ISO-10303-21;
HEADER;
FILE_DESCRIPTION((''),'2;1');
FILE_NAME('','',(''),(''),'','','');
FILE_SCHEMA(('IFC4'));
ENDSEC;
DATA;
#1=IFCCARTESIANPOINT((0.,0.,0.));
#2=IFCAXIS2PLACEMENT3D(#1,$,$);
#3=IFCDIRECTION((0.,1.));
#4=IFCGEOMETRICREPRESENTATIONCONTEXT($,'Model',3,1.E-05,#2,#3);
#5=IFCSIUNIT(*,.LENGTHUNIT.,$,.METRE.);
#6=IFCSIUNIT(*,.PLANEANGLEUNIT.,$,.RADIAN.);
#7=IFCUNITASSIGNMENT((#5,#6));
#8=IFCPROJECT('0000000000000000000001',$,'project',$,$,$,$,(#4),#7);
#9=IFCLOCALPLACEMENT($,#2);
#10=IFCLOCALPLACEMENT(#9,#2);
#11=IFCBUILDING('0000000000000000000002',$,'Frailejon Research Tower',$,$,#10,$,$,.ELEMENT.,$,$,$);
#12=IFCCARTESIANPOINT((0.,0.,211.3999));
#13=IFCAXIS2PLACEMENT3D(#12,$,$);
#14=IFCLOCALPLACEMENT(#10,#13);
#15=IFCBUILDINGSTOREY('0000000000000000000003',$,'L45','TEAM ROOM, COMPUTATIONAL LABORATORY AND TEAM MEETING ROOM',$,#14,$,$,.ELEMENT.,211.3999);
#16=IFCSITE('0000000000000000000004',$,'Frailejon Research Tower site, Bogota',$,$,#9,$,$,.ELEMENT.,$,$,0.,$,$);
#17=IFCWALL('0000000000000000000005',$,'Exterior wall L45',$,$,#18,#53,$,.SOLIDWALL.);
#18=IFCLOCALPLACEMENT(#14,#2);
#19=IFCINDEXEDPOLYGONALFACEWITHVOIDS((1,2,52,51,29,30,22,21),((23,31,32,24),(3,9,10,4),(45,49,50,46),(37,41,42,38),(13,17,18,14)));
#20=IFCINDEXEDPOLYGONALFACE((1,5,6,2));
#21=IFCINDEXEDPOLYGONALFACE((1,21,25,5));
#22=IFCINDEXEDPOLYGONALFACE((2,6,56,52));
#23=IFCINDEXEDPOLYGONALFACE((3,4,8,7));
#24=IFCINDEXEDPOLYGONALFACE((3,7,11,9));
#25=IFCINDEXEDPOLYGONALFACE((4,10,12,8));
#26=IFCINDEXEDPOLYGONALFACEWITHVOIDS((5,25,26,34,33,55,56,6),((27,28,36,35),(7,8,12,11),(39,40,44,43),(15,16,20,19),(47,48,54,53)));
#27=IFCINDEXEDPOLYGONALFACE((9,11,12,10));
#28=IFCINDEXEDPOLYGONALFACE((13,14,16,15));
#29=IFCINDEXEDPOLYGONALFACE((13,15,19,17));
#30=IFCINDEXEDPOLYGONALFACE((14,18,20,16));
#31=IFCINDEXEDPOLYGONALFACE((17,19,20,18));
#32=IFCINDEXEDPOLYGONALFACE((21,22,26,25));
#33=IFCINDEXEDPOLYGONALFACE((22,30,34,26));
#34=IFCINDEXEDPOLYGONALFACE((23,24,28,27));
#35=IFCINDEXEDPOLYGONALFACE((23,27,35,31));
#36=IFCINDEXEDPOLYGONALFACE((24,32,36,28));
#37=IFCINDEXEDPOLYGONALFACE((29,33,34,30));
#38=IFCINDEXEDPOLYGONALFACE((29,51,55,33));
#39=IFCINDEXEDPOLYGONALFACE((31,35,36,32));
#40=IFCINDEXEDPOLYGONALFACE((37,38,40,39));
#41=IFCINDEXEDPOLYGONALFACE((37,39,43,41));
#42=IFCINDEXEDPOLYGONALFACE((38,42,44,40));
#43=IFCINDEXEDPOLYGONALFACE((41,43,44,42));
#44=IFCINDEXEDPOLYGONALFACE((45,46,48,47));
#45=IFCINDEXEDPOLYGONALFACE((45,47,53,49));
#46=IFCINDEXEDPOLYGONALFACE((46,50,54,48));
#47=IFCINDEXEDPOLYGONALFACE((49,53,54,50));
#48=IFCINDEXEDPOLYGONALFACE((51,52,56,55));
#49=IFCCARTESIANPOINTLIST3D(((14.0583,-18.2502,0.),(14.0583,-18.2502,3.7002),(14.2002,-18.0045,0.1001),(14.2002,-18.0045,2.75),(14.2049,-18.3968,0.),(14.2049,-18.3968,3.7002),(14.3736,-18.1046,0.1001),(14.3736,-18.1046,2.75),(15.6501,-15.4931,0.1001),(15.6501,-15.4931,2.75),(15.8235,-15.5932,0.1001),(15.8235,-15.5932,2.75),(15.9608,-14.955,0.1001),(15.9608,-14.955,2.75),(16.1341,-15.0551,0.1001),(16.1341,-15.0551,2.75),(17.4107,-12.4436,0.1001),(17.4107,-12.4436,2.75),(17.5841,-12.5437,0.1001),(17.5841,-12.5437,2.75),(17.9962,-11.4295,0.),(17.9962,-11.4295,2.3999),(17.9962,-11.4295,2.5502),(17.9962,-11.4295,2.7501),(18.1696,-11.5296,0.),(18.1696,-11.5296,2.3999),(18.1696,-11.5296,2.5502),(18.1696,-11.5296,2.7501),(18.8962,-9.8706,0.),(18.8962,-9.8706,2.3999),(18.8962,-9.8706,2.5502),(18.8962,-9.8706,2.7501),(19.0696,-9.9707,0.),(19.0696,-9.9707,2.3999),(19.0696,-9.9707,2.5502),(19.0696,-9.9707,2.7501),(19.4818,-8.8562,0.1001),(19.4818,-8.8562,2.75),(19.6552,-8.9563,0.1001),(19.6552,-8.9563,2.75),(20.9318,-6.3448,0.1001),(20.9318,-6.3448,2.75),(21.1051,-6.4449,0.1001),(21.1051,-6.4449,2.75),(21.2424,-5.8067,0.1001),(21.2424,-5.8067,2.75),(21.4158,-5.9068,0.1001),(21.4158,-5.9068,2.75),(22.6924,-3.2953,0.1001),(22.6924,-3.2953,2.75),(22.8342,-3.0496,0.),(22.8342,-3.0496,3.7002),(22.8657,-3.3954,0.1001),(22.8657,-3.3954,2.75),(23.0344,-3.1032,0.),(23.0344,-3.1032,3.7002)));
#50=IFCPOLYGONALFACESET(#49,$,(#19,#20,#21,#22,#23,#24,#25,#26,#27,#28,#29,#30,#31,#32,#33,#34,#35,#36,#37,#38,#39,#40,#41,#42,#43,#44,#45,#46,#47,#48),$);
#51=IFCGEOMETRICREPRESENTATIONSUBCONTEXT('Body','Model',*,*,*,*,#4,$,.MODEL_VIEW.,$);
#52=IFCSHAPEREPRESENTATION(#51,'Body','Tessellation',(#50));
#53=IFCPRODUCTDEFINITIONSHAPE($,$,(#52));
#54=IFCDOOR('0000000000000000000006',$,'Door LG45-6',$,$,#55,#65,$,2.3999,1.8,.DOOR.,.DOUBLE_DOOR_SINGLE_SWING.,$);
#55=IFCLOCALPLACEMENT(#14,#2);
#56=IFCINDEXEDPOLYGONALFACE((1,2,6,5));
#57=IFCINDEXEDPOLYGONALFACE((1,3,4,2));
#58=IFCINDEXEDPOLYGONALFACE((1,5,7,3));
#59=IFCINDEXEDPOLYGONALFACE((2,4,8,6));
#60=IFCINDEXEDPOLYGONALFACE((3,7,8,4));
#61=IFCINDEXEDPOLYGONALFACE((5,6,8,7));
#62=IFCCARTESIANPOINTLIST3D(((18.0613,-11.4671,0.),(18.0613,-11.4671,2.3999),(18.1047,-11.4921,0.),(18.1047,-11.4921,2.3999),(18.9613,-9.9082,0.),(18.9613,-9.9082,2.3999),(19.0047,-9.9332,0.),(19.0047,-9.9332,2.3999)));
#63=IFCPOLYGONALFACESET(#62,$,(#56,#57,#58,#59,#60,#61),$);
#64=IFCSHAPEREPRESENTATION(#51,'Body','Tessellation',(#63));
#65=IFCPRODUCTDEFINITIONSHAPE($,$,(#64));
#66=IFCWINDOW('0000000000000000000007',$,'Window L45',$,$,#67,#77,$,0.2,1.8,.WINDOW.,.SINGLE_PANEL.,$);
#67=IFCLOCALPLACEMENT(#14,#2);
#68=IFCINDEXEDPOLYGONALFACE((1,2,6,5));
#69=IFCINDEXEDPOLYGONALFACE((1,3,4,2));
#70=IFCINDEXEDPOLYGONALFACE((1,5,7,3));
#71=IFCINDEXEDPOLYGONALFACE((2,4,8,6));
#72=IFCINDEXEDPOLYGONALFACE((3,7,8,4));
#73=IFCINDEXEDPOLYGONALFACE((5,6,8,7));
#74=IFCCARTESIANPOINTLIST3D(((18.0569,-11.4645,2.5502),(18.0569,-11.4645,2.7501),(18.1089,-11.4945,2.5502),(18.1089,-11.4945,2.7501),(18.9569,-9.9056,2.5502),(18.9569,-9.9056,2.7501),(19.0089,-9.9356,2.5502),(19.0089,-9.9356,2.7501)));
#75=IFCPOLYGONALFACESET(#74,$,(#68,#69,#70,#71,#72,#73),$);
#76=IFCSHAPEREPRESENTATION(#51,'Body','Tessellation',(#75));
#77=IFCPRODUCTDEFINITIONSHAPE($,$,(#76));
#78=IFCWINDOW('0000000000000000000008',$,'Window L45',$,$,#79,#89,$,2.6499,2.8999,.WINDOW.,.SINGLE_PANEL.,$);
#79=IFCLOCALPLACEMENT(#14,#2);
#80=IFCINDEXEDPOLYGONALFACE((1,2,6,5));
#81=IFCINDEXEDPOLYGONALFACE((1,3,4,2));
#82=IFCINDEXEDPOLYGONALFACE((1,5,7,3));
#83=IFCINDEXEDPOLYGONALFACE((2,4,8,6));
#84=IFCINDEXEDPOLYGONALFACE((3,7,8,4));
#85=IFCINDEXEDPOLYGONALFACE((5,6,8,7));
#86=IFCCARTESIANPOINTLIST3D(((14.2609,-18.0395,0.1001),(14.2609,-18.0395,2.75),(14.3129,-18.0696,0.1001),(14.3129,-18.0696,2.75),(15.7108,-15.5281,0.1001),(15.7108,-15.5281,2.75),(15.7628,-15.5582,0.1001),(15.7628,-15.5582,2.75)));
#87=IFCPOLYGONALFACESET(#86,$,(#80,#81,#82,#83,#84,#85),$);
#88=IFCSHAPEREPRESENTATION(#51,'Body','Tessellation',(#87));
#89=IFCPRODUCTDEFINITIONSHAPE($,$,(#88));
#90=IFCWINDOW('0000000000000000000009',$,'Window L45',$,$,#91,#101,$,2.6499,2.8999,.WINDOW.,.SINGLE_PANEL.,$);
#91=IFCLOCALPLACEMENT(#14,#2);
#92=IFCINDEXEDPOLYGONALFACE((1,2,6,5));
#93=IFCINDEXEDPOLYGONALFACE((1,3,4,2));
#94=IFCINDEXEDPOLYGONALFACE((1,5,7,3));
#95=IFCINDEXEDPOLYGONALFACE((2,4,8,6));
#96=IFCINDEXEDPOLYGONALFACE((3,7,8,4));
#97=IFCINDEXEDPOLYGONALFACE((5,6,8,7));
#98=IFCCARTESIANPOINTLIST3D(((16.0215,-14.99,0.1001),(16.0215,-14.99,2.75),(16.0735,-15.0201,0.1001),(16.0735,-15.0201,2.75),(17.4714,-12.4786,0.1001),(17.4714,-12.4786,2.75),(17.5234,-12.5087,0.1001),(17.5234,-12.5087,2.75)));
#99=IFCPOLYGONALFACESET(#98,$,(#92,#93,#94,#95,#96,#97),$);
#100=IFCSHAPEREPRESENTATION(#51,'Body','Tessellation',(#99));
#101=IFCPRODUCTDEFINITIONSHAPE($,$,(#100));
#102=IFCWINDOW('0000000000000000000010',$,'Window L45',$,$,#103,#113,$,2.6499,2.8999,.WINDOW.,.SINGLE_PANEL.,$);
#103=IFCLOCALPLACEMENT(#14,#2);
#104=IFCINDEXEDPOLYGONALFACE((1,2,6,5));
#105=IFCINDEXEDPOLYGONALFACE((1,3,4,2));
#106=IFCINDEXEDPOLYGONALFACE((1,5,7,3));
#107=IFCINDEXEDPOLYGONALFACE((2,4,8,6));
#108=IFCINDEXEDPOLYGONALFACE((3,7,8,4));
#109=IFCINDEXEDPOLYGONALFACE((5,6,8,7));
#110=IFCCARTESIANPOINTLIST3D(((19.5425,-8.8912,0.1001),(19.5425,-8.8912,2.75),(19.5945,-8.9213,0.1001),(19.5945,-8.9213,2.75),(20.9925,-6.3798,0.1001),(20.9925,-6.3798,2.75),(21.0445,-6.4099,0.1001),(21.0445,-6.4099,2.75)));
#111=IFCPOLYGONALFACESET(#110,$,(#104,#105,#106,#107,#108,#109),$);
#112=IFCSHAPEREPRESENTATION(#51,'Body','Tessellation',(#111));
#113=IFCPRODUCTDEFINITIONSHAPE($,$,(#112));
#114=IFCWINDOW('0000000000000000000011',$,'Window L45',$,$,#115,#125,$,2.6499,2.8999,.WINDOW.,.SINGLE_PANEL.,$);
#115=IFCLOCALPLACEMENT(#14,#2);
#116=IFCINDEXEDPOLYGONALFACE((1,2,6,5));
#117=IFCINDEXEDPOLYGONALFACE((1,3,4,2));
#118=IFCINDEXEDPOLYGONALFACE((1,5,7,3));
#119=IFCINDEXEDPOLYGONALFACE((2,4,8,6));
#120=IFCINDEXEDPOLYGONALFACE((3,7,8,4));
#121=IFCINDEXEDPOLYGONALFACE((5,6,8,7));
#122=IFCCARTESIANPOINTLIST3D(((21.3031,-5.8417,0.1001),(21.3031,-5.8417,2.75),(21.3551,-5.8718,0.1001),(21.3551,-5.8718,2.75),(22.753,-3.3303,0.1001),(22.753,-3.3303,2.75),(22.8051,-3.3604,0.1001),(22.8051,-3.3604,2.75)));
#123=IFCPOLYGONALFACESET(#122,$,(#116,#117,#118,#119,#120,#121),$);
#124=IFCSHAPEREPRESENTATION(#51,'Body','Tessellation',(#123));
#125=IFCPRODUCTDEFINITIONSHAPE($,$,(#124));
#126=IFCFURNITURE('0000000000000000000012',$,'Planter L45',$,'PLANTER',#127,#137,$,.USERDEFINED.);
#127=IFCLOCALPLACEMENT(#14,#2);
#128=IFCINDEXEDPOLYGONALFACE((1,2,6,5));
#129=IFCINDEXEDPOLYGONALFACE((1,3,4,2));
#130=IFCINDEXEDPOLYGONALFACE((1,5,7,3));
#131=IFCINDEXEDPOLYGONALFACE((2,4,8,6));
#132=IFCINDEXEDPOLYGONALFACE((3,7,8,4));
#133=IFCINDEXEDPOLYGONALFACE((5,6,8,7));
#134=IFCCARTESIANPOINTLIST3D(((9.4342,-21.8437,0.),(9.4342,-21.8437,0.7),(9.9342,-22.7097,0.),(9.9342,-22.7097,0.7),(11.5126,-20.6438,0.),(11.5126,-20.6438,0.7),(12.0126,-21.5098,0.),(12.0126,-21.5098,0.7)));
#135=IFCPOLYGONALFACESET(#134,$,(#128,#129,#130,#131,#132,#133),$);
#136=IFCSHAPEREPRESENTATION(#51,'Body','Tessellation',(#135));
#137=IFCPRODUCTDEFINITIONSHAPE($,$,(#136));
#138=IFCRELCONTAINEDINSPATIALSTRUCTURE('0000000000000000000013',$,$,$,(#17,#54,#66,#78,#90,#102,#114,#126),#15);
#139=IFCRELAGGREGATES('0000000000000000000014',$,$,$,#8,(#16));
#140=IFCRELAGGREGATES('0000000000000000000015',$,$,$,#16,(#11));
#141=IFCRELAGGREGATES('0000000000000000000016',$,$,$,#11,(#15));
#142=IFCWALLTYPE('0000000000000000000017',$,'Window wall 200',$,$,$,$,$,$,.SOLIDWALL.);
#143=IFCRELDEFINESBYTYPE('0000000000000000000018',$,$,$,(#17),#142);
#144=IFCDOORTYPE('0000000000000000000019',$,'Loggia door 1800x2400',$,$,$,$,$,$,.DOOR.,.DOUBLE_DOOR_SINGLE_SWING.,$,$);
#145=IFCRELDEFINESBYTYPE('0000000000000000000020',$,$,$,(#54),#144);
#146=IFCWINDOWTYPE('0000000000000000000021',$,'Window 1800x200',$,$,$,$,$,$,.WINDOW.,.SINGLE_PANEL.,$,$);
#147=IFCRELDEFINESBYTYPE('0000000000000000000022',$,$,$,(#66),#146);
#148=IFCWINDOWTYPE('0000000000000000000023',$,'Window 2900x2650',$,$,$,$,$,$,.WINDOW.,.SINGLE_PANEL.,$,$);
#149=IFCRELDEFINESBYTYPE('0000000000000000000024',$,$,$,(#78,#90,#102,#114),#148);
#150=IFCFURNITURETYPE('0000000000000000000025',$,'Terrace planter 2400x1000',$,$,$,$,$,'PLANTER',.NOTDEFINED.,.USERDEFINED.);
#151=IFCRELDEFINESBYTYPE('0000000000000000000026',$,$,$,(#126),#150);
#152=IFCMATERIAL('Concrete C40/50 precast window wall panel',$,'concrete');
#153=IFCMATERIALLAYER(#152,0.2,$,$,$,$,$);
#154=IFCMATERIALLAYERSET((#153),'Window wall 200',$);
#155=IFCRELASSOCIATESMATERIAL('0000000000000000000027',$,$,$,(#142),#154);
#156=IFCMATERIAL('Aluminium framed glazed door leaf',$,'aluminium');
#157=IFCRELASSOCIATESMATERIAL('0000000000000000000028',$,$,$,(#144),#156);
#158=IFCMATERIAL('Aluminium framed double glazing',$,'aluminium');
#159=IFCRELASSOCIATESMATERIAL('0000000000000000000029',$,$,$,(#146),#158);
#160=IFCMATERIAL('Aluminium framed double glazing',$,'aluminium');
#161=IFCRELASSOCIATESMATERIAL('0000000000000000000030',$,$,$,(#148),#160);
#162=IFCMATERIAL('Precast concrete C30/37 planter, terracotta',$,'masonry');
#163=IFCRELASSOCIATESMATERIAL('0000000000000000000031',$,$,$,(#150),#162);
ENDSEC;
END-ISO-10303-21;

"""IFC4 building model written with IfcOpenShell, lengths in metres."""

from ifc_helpers import new_model, si_unit, direction, frame, frame_2d, origin, origin_2d, place, context, subcontext, project, spatial, polyline, rectangle, outline, extrude, material, layer, layer_set, type_object, element, fill, save


model = new_model("IFC4")

# Units and contexts
model_context = context("Model", 3, precision=1e-05, world=origin(), true_north=direction((0.0, 1.0)))
body_context = subcontext(model_context, "Body", "Model", "MODEL_VIEW")
ifc_project = project(units=[si_unit("LENGTHUNIT", "METRE"), si_unit("PLANEANGLEUNIT", "RADIAN")], contexts=[model_context])

# Site, building, storey
site_placement = place(None, origin())
site = spatial("IfcSite", under=ifc_project, at=site_placement, Name="Frailejon Research Tower site, Bogota", CompositionType="ELEMENT", RefElevation=0.0)
building_placement = place(site_placement, origin())
building = spatial("IfcBuilding", under=site, at=building_placement, Name="Frailejon Research Tower", CompositionType="ELEMENT")
storey_placement = place(building_placement, frame((0.0, 0.0, 211.3999)))
storey = spatial("IfcBuildingStorey", under=building, at=storey_placement, Name="L45", Description="TEAM ROOM, COMPUTATIONAL LABORATORY AND TEAM MEETING ROOM", CompositionType="ELEMENT", Elevation=211.3999)

# Shared definitions
ifc_material_1 = material(Name="Concrete C40/50 precast window wall panel", Category="concrete")
ifc_layer_1 = layer(ifc_material_1, 0.2)
ifc_layer_set_1 = layer_set([ifc_layer_1], Name="Window wall 200")
wall_type_1 = type_object("IfcWallType", Name="Window wall 200", PredefinedType="SOLIDWALL", material=ifc_layer_set_1)

# Wall, openings, door, windows
wall_1_placement = place(storey_placement, frame((14.1316, -18.3235, 0.0), z_axis=(0.0, 0.0, 1.0), x_axis=(0.499993, 0.866029, 0.0)))
wall_1 = element("IfcWall", 1, at=wall_1_placement, inside=storey, type_object=wall_type_1, Name="Exterior wall L45", PredefinedType="SOLIDWALL", context=body_context, shape_type="SweptSolid", body=[
    extrude(outline(polyline([(-0.0269, -0.1001), (1.012, -0.1001), (2.0508, -0.1001), (3.0896, -0.1001), (4.1284, -0.1001), (5.167, -0.1001), (6.2058, -0.1001), (7.2446, -0.1001), (8.2834, -0.1001), (9.3223, -0.1001), (10.3611, -0.1001), (11.3999, -0.1001), (12.4387, -0.1001), (13.4773, -0.1001), (14.5161, -0.1001), (15.5549, -0.1001), (16.5938, -0.1001), (17.6326, -0.1001), (17.5789, 0.1001), (16.5464, 0.1001), (15.5139, 0.1001), (14.4814, 0.1001), (13.449, 0.1001), (12.4165, 0.1001), (11.384, 0.1001), (10.3516, 0.1001), (9.3191, 0.1001), (8.2866, 0.1001), (7.2542, 0.1001), (6.2217, 0.1001), (5.1892, 0.1001), (4.1567, 0.1001), (3.1243, 0.1001), (2.0918, 0.1001), (1.0593, 0.1001), (0.0269, 0.1001), (-0.0269, -0.1001)])), origin(), (0.0, 0.0, 1.0), 3.7002),
])
opening_1_placement = place(wall_1_placement, frame((0.3105, 0.0, 0.1001)))
opening_1 = element("IfcOpeningElement", 2, at=opening_1_placement, cuts=wall_1, PredefinedType="OPENING", context=body_context, shape_type="SweptSolid", body=[
    extrude(rectangle(XDim=2.8999, YDim=2.6499, at=frame_2d((1.45, 1.325))), frame((0.0, 0.1099, 0.0), z_axis=(0.0, -1.0, 0.0), x_axis=(1.0, 0.0, 0.0)), (0.0, 0.0, 1.0), 0.22),
])
opening_2_placement = place(wall_1_placement, frame((3.8318, 0.0, 0.1001)))
opening_2 = element("IfcOpeningElement", 3, at=opening_2_placement, cuts=wall_1, PredefinedType="OPENING", context=body_context, shape_type="SweptSolid", body=[
    extrude(rectangle(XDim=2.8999, YDim=2.6499, at=frame_2d((1.45, 1.325))), frame((0.0, 0.1099, 0.0), z_axis=(0.0, -1.0, 0.0), x_axis=(1.0, 0.0, 0.0)), (0.0, 0.0, 1.0), 0.22),
])
opening_3_placement = place(wall_1_placement, frame((7.9028, 0.0, 0.0)))
opening_3 = element("IfcOpeningElement", 4, at=opening_3_placement, cuts=wall_1, PredefinedType="OPENING", context=body_context, shape_type="SweptSolid", body=[
    extrude(rectangle(XDim=1.8, YDim=2.3999, at=frame_2d((0.8999, 1.2))), frame((0.0, 0.1099, 0.0), z_axis=(0.0, -1.0, 0.0), x_axis=(1.0, 0.0, 0.0)), (0.0, 0.0, 1.0), 0.22),
])
opening_4_placement = place(wall_1_placement, frame((7.9028, 0.0, 2.55)))
opening_4 = element("IfcOpeningElement", 5, at=opening_4_placement, cuts=wall_1, PredefinedType="OPENING", context=body_context, shape_type="SweptSolid", body=[
    extrude(rectangle(XDim=1.8, YDim=0.2, at=frame_2d((0.8999, 0.1001))), frame((0.0, 0.1099, 0.0), z_axis=(0.0, -1.0, 0.0), x_axis=(1.0, 0.0, 0.0)), (0.0, 0.0, 1.0), 0.22),
])
opening_5_placement = place(wall_1_placement, frame((10.874, 0.0, 0.1001)))
opening_5 = element("IfcOpeningElement", 6, at=opening_5_placement, cuts=wall_1, PredefinedType="OPENING", context=body_context, shape_type="SweptSolid", body=[
    extrude(rectangle(XDim=2.8999, YDim=2.6499, at=frame_2d((1.45, 1.325))), frame((0.0, 0.1099, 0.0), z_axis=(0.0, -1.0, 0.0), x_axis=(1.0, 0.0, 0.0)), (0.0, 0.0, 1.0), 0.22),
])
opening_6_placement = place(wall_1_placement, frame((14.3953, 0.0, 0.1001)))
opening_6 = element("IfcOpeningElement", 7, at=opening_6_placement, cuts=wall_1, PredefinedType="OPENING", context=body_context, shape_type="SweptSolid", body=[
    extrude(rectangle(XDim=2.8999, YDim=2.6499, at=frame_2d((1.45, 1.325))), frame((0.0, 0.1099, 0.0), z_axis=(0.0, -1.0, 0.0), x_axis=(1.0, 0.0, 0.0)), (0.0, 0.0, 1.0), 0.22),
])
ifc_material_2 = material(Name="Aluminium framed glazed door leaf", Category="aluminium")
door_type_1 = type_object("IfcDoorType", Name="Loggia door 1800x2400", OperationType="DOUBLE_DOOR_SINGLE_SWING", PredefinedType="DOOR", material=ifc_material_2)
door_1_placement = place(opening_3_placement, origin())
door_1 = element("IfcDoor", 8, at=door_1_placement, inside=storey, type_object=door_type_1, Name="Door LG45-6", OperationType="DOUBLE_DOOR_SINGLE_SWING", OverallHeight=2.3999, OverallWidth=1.8, PredefinedType="DOOR", context=body_context, shape_type="SweptSolid", body=[
    extrude(rectangle(XDim=1.8, YDim=2.3999, at=frame_2d((0.8999, 1.2))), frame((0.0, 0.0249, 0.0), z_axis=(0.0, -1.0, 0.0), x_axis=(1.0, 0.0, 0.0)), (0.0, 0.0, 1.0), 0.05),
])
fill(opening_3, door_1)
ifc_material_3 = material(Name="Aluminium framed double glazing", Category="aluminium")
window_type_1 = type_object("IfcWindowType", Name="Window 1800x200", PartitioningType="SINGLE_PANEL", PredefinedType="WINDOW", material=ifc_material_3)
window_1_placement = place(opening_4_placement, origin())
window_1 = element("IfcWindow", 9, at=window_1_placement, inside=storey, type_object=window_type_1, Name="Window L45", OverallHeight=0.2, OverallWidth=1.8, PartitioningType="SINGLE_PANEL", PredefinedType="WINDOW", context=body_context, shape_type="SweptSolid", body=[
    extrude(rectangle(XDim=1.8, YDim=0.2, at=frame_2d((0.8999, 0.1001))), frame((0.0, 0.03, 0.0), z_axis=(0.0, -1.0, 0.0), x_axis=(1.0, 0.0, 0.0)), (0.0, 0.0, 1.0), 0.0601),
])
fill(opening_4, window_1)
ifc_material_4 = material(Name="Aluminium framed double glazing", Category="aluminium")
window_type_2 = type_object("IfcWindowType", Name="Window 2900x2650", PartitioningType="SINGLE_PANEL", PredefinedType="WINDOW", material=ifc_material_4)
window_2_placement = place(opening_1_placement, origin())
window_2 = element("IfcWindow", 10, at=window_2_placement, inside=storey, type_object=window_type_2, Name="Window L45", OverallHeight=2.6499, OverallWidth=2.8999, PartitioningType="SINGLE_PANEL", PredefinedType="WINDOW", context=body_context, shape_type="SweptSolid", body=[
    extrude(rectangle(XDim=2.8999, YDim=2.6499, at=frame_2d((1.45, 1.325))), frame((0.0, 0.03, 0.0), z_axis=(0.0, -1.0, 0.0), x_axis=(1.0, 0.0, 0.0)), (0.0, 0.0, 1.0), 0.0601),
])
fill(opening_1, window_2)
window_3_placement = place(opening_2_placement, origin())
window_3 = element("IfcWindow", 11, at=window_3_placement, inside=storey, type_object=window_type_2, Name="Window L45", OverallHeight=2.6499, OverallWidth=2.8999, PartitioningType="SINGLE_PANEL", PredefinedType="WINDOW", context=body_context, shape_type="SweptSolid", body=[
    extrude(rectangle(XDim=2.8999, YDim=2.6499, at=frame_2d((1.45, 1.325))), frame((0.0, 0.03, 0.0), z_axis=(0.0, -1.0, 0.0), x_axis=(1.0, 0.0, 0.0)), (0.0, 0.0, 1.0), 0.0601),
])
fill(opening_2, window_3)
window_4_placement = place(opening_5_placement, origin())
window_4 = element("IfcWindow", 12, at=window_4_placement, inside=storey, type_object=window_type_2, Name="Window L45", OverallHeight=2.6499, OverallWidth=2.8999, PartitioningType="SINGLE_PANEL", PredefinedType="WINDOW", context=body_context, shape_type="SweptSolid", body=[
    extrude(rectangle(XDim=2.8999, YDim=2.6499, at=frame_2d((1.45, 1.325))), frame((0.0, 0.03, 0.0), z_axis=(0.0, -1.0, 0.0), x_axis=(1.0, 0.0, 0.0)), (0.0, 0.0, 1.0), 0.0601),
])
fill(opening_5, window_4)
window_5_placement = place(opening_6_placement, origin())
window_5 = element("IfcWindow", 13, at=window_5_placement, inside=storey, type_object=window_type_2, Name="Window L45", OverallHeight=2.6499, OverallWidth=2.8999, PartitioningType="SINGLE_PANEL", PredefinedType="WINDOW", context=body_context, shape_type="SweptSolid", body=[
    extrude(rectangle(XDim=2.8999, YDim=2.6499, at=frame_2d((1.45, 1.325))), frame((0.0, 0.03, 0.0), z_axis=(0.0, -1.0, 0.0), x_axis=(1.0, 0.0, 0.0)), (0.0, 0.0, 1.0), 0.0601),
])
fill(opening_6, window_5)

# Furniture
ifc_material_5 = material(Name="Precast concrete C30/37 planter, terracotta", Category="masonry")
furniture_type = type_object("IfcFurnitureType", Name="Terrace planter 2400x1000", ElementType="PLANTER", AssemblyPlace="NOTDEFINED", PredefinedType="USERDEFINED", material=ifc_material_5)
furniture_placement = place(storey_placement, frame((10.7234, -21.6768, 0.0), z_axis=(0.0, 0.0, 1.0), x_axis=(0.866025, 0.5, 0.0)))
element("IfcFurniture", 14, at=furniture_placement, inside=storey, type_object=furniture_type, Name="Planter L45", ObjectType="PLANTER", PredefinedType="USERDEFINED", context=body_context, shape_type="SweptSolid", body=[
    extrude(rectangle(XDim=2.3999, YDim=1.0, at=origin_2d()), origin(), (0.0, 0.0, 1.0), 0.7),
])

save(model, "model.ifc")
